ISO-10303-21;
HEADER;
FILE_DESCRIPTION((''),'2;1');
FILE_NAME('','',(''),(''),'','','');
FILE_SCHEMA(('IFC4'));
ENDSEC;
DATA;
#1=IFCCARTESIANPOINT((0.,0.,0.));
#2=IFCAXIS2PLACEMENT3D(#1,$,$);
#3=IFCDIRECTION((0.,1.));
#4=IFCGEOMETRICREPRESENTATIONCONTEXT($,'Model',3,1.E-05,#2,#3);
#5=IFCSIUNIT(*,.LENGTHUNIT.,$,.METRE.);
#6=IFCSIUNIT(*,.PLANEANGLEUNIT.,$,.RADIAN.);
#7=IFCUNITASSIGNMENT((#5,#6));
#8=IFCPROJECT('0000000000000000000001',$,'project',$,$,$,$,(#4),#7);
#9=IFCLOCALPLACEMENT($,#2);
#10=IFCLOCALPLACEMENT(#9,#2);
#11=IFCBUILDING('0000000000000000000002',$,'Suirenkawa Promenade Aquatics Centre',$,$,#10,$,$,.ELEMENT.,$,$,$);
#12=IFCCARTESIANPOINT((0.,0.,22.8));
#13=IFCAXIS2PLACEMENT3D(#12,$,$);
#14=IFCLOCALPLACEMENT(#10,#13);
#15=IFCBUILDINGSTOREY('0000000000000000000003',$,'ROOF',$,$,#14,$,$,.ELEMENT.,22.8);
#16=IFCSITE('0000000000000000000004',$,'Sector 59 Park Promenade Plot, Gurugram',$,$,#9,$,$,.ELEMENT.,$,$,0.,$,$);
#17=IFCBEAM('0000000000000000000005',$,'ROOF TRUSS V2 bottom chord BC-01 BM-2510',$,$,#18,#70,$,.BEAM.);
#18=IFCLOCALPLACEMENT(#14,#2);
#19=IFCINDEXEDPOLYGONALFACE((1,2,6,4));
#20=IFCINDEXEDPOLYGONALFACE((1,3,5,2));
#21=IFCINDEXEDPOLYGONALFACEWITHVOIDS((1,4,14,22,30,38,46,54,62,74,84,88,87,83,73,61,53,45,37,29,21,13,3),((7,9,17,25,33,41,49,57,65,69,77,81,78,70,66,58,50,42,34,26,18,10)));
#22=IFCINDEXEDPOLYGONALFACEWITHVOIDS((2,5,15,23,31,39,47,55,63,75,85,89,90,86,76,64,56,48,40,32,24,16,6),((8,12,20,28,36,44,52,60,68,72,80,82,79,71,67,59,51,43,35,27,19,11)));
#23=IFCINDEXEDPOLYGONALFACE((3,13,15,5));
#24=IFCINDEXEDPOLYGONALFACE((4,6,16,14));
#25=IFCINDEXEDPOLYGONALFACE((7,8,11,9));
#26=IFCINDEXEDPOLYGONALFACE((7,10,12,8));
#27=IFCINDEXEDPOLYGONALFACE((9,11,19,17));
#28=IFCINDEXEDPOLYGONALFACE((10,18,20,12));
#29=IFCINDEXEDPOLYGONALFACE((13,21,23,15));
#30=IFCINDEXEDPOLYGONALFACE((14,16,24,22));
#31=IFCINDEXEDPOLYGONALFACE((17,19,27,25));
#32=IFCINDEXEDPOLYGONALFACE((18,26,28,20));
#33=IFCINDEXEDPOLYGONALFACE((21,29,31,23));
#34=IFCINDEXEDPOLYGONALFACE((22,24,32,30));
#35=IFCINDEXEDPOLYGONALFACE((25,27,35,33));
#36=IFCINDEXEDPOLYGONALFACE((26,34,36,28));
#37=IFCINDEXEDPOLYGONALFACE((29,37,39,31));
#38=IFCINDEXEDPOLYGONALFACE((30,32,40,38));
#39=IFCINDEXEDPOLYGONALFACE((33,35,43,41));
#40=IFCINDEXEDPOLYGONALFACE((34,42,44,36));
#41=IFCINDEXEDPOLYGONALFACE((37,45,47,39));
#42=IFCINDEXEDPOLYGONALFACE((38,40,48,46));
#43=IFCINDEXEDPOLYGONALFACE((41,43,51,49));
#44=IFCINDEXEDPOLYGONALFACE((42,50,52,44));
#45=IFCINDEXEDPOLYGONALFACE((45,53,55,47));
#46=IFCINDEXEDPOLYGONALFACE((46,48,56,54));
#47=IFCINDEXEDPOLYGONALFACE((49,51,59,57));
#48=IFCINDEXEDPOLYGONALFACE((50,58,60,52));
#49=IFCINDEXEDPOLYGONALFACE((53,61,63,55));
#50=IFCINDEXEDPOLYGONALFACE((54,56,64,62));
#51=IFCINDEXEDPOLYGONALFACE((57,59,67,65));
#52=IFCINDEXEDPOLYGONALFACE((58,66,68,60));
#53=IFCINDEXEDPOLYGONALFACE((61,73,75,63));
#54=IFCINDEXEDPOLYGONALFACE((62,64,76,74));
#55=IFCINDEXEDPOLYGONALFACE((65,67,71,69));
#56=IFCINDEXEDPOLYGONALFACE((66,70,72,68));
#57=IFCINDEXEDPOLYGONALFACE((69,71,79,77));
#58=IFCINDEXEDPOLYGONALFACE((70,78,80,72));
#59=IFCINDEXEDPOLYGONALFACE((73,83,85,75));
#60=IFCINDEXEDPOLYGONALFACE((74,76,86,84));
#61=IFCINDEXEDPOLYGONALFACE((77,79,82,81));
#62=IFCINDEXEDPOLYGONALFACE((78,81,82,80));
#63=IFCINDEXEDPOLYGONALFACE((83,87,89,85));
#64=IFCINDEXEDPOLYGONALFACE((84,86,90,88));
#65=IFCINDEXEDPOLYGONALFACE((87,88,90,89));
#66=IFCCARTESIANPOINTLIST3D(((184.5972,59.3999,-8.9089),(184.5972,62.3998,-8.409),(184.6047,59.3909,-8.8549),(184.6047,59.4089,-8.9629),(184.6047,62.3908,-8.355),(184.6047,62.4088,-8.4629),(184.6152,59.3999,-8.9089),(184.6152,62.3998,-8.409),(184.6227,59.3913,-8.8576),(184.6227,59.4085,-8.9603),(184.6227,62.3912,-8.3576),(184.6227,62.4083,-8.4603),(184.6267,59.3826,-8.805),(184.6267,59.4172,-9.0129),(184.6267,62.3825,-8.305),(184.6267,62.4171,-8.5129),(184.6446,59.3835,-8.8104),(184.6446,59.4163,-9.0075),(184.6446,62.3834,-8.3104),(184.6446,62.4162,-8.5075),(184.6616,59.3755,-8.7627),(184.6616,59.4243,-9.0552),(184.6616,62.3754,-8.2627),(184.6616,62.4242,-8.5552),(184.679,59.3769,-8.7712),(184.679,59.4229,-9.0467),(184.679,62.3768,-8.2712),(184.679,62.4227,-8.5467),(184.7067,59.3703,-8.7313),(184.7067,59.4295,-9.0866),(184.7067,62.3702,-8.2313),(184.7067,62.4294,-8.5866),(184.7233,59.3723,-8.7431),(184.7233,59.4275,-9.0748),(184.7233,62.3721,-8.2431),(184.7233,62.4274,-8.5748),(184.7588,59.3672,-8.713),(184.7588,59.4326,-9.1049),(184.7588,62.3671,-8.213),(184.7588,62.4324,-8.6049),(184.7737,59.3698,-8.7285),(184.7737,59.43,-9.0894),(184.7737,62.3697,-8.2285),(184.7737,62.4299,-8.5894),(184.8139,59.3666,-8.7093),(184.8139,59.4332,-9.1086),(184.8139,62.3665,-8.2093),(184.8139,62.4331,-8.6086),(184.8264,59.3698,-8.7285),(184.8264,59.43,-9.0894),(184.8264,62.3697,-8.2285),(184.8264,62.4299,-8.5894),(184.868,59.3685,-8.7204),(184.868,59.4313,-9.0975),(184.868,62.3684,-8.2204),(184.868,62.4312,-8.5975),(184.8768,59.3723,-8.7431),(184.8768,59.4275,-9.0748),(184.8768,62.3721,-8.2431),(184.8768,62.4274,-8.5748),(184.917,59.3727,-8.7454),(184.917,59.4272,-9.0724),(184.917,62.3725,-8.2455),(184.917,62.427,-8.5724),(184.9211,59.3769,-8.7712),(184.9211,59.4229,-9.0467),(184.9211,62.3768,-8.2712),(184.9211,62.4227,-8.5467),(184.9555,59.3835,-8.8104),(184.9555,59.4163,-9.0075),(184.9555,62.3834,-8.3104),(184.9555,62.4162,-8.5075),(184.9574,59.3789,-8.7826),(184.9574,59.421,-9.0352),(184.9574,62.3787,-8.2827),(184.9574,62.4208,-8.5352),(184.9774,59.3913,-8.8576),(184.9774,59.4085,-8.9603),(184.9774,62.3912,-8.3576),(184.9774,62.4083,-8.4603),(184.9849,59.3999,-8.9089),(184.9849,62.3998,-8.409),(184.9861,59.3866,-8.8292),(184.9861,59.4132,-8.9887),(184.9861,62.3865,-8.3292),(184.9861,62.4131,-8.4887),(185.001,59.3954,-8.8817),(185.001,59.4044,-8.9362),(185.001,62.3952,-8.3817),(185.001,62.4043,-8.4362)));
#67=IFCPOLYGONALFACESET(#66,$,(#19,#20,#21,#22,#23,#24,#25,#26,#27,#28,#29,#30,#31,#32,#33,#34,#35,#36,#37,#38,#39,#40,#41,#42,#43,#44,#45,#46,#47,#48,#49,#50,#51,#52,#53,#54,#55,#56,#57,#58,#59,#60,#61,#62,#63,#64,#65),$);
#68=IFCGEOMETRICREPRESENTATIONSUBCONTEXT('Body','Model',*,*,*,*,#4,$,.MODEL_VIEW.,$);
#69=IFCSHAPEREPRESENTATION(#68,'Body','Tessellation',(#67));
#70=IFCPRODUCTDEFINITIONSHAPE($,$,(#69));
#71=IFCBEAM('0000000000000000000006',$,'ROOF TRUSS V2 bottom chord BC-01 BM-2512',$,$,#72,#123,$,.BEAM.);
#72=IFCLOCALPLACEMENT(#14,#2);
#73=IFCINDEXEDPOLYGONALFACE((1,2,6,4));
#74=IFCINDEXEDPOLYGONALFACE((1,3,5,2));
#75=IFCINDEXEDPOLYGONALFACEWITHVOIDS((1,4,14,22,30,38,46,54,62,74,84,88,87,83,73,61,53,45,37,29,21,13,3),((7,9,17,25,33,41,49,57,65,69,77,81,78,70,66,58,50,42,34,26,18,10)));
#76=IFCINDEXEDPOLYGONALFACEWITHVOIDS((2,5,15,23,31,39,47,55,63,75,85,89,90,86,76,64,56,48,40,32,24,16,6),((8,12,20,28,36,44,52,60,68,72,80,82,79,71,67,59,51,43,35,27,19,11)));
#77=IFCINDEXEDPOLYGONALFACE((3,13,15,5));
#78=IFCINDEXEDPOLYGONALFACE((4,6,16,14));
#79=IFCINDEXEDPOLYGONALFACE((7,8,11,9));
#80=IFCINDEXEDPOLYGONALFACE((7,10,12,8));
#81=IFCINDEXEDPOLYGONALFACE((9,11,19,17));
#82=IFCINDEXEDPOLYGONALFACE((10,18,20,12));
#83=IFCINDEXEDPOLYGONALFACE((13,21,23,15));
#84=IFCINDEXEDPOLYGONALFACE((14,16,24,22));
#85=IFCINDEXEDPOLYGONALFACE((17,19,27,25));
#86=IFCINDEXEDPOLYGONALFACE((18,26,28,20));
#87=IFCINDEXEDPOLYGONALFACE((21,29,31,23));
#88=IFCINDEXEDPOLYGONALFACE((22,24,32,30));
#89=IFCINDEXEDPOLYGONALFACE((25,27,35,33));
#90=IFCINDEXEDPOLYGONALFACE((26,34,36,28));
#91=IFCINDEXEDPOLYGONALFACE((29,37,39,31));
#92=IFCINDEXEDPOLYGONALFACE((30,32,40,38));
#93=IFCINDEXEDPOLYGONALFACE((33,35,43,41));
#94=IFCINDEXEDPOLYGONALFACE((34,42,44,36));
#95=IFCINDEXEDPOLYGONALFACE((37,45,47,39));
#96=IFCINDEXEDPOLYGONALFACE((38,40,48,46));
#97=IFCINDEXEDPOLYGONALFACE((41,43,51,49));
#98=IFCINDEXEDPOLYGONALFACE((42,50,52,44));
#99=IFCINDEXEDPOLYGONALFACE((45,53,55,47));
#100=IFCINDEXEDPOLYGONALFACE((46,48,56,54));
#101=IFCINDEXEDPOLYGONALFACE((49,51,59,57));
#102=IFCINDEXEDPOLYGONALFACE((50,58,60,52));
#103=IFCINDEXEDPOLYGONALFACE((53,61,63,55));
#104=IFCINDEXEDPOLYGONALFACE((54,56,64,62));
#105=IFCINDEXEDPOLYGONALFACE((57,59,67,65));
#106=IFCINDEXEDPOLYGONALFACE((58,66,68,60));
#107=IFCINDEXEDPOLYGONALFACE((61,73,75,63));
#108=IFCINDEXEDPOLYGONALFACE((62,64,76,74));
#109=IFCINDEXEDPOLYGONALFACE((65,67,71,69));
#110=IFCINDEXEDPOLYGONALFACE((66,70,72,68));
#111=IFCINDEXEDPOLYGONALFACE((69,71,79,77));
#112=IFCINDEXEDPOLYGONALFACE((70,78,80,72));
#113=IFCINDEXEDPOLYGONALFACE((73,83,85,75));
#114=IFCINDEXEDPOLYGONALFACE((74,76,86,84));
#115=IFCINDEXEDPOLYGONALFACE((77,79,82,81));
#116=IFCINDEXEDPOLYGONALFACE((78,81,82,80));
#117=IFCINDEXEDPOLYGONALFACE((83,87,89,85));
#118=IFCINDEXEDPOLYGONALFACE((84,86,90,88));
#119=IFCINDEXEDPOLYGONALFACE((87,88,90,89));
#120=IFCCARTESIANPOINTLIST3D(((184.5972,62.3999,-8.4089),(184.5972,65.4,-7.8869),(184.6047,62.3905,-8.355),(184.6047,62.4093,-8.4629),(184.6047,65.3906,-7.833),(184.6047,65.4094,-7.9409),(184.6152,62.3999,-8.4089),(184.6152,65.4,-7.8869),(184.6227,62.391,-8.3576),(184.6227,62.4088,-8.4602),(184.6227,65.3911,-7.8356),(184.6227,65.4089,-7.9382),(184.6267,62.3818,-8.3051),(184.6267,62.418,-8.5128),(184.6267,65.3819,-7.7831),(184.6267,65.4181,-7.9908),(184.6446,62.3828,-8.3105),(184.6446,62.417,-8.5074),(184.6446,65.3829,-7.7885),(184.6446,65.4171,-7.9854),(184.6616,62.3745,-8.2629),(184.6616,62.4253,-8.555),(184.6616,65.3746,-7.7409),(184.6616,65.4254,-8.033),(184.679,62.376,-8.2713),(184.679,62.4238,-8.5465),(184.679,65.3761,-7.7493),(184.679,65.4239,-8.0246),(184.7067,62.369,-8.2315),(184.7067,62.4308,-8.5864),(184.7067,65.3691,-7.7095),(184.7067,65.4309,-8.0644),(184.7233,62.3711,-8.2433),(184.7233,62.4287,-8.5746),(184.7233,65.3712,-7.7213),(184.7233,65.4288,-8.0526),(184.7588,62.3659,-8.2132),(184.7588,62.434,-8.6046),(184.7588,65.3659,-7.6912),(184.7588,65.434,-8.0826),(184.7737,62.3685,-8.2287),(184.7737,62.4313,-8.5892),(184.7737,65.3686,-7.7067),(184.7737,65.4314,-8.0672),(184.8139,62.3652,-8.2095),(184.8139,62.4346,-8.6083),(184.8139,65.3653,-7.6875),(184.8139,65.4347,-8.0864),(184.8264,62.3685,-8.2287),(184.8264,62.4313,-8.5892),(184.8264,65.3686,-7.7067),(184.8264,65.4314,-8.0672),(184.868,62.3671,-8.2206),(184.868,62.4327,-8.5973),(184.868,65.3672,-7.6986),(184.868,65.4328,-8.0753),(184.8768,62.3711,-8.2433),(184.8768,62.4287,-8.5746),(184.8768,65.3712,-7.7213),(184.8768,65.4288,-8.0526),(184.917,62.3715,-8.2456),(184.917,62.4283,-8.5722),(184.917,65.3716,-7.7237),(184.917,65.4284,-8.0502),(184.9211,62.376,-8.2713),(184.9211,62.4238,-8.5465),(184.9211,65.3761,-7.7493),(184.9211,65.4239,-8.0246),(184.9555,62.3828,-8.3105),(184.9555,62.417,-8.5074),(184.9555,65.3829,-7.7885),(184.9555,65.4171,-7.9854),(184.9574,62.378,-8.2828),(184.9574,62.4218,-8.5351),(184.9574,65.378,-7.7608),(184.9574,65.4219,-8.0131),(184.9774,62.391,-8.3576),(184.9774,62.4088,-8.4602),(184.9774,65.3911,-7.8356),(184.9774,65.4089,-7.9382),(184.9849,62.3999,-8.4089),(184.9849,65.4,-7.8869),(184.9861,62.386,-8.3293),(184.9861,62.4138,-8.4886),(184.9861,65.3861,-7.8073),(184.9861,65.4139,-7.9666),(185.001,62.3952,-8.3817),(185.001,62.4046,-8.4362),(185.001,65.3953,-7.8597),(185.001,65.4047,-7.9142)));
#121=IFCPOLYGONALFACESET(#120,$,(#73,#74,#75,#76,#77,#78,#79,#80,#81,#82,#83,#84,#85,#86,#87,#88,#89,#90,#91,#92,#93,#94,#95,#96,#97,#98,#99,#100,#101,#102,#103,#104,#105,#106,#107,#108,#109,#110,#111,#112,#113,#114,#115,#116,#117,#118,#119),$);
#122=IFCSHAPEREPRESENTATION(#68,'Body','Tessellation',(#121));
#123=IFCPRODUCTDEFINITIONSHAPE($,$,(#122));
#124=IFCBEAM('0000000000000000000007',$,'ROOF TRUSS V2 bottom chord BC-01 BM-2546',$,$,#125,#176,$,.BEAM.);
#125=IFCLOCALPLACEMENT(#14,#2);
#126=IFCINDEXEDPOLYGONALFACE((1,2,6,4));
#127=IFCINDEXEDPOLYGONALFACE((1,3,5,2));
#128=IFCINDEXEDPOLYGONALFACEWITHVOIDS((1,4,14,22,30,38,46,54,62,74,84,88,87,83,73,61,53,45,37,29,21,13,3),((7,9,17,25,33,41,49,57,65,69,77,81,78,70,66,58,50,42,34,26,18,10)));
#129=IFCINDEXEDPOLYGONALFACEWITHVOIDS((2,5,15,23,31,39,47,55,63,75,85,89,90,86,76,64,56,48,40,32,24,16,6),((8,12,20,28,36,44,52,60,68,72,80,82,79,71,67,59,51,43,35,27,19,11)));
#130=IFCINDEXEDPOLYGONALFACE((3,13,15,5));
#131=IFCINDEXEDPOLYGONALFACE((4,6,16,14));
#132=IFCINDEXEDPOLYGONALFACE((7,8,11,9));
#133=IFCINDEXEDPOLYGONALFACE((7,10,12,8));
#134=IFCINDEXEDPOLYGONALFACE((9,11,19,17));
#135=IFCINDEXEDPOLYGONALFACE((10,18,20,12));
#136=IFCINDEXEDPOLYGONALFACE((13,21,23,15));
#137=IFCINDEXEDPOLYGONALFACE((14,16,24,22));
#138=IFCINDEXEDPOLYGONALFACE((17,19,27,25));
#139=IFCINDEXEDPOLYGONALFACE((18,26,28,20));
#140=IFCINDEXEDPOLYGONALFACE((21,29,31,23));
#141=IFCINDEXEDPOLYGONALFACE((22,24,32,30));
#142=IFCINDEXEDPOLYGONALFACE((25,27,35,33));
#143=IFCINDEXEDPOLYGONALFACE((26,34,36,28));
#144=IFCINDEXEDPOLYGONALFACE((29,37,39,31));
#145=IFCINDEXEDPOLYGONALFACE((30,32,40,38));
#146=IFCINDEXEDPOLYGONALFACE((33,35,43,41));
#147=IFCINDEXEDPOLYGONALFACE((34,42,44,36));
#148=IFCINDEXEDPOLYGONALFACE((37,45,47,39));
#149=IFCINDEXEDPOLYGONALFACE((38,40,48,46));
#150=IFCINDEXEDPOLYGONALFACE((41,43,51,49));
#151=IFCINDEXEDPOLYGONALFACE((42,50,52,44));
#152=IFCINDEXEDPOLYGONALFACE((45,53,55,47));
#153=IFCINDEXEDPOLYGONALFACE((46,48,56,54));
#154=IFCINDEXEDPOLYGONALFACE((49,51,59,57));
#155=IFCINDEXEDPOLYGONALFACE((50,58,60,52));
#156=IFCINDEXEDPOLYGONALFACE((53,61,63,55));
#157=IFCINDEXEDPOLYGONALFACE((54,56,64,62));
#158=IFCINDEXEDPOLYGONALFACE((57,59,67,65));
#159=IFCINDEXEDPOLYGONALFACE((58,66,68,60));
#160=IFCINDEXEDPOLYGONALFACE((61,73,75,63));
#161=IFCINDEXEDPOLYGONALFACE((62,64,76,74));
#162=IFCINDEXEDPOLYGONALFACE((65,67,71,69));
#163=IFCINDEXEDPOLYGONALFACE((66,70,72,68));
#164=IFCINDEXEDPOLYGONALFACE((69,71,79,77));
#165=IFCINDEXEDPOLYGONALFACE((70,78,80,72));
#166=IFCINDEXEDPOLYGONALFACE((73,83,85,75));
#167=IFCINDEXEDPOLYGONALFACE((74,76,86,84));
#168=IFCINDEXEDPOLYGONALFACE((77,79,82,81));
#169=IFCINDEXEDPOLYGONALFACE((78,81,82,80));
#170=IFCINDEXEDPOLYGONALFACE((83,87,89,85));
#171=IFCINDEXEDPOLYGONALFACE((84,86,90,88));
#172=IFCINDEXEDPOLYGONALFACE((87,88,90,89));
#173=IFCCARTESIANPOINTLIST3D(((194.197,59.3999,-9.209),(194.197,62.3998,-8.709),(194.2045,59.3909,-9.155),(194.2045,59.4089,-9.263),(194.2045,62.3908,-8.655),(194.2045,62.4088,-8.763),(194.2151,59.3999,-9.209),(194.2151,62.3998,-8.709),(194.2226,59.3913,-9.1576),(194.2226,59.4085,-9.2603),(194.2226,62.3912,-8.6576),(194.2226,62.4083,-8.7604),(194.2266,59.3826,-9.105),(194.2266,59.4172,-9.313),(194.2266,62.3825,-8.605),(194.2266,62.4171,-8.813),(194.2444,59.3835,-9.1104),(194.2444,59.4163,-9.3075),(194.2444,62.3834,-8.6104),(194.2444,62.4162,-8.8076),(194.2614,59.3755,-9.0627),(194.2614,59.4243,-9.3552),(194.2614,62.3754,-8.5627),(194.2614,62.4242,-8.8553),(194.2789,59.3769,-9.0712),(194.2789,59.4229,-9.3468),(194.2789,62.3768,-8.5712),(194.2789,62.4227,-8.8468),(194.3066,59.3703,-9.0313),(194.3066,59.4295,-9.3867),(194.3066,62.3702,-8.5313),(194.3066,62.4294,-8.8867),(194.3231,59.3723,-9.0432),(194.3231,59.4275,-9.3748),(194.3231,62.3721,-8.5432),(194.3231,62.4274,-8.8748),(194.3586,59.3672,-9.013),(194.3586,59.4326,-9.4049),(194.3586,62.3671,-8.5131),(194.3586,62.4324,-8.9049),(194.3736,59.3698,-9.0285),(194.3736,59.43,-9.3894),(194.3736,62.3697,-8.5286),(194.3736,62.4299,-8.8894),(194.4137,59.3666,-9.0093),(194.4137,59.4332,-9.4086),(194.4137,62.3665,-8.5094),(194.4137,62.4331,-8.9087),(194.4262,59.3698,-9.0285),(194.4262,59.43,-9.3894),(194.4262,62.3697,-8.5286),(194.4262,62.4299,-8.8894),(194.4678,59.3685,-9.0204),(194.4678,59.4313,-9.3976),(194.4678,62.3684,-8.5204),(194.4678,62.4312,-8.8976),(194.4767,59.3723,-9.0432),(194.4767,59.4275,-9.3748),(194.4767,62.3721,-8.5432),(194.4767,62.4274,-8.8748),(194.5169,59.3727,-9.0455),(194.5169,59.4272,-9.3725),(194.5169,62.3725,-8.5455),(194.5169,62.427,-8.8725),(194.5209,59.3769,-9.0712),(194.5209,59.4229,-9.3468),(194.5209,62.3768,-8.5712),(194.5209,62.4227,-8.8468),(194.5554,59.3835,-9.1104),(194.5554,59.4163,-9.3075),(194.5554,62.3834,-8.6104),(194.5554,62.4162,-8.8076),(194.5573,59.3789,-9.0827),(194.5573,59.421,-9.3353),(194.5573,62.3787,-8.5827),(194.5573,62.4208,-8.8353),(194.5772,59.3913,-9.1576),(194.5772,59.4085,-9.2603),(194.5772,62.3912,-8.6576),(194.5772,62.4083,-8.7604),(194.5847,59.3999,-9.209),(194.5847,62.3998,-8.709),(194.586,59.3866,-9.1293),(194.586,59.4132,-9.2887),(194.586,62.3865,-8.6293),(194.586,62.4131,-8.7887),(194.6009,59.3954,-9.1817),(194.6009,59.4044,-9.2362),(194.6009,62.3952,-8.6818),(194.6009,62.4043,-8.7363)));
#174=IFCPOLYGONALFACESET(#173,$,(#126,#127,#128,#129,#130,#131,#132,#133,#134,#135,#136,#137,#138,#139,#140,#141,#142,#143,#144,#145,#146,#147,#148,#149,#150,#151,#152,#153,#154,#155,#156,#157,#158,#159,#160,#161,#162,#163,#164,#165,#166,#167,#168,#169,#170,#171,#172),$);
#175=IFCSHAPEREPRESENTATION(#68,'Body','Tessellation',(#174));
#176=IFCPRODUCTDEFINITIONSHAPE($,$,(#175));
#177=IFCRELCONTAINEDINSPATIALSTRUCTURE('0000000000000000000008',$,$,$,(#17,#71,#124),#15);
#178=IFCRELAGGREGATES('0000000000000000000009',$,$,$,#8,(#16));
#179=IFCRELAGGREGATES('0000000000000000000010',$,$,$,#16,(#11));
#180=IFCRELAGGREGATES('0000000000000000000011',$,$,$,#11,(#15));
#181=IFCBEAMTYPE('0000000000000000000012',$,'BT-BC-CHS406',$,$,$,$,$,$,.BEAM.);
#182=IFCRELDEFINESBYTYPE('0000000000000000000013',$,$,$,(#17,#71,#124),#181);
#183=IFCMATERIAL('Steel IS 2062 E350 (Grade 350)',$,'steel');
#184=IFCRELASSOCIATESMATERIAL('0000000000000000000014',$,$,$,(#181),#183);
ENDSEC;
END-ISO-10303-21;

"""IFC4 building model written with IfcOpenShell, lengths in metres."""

from ifc_helpers import new_model, si_unit, direction, frame, origin, origin_2d, place, context, subcontext, project, spatial, hollow_circle, extrude, material, material_profile, profile_set, type_object, element, save


model = new_model("IFC4")

# Units and contexts
model_context = context("Model", 3, precision=1e-05, world=origin(), true_north=direction((0.0, 1.0)))
body_context = subcontext(model_context, "Body", "Model", "MODEL_VIEW")
ifc_project = project(units=[si_unit("LENGTHUNIT", "METRE"), si_unit("PLANEANGLEUNIT", "RADIAN")], contexts=[model_context])

# Site, building, storey
site_placement = place(None, origin())
site = spatial("IfcSite", under=ifc_project, at=site_placement, Name="Sector 59 Park Promenade Plot, Gurugram", CompositionType="ELEMENT", RefElevation=0.0)
building_placement = place(site_placement, origin())
building = spatial("IfcBuilding", under=site, at=building_placement, Name="Suirenkawa Promenade Aquatics Centre", CompositionType="ELEMENT")
storey_placement = place(building_placement, frame((0.0, 0.0, 22.8)))
storey = spatial("IfcBuildingStorey", under=building, at=storey_placement, Name="ROOF", CompositionType="ELEMENT", Elevation=22.8)

# Beams
ifc_material = material(Name="Steel IS 2062 E350 (Grade 350)", Category="steel")
ifc_material_profile_1 = material_profile(ifc_material, hollow_circle(Radius=0.2029, WallThickness=0.0181, at=origin_2d()), Name="CHS 406x18", Category="steel")
ifc_profile_set_1 = profile_set([ifc_material_profile_1], Name="Steel IS 2062 E350 (Grade 350)")
beam_type_1 = type_object("IfcBeamType", Name="BT-BC-CHS406", PredefinedType="BEAM", material=ifc_profile_set_1)
beam_1_placement = place(storey_placement, frame((184.8, 59.3999, -8.9089), z_axis=(0.0, 0.986394, 0.164399), x_axis=(-1.0, 0.0, 0.0)))
element("IfcBeam", 1, at=beam_1_placement, inside=storey, type_object=beam_type_1, Name="ROOF TRUSS V2 bottom chord BC-01 BM-2510", PredefinedType="BEAM", context=body_context, shape_type="SweptSolid", body=[
    extrude(hollow_circle(Radius=0.2029, WallThickness=0.0181, at=origin_2d()), origin(), (0.0, 0.0, 1.0), 3.0413),
])
beam_2_placement = place(storey_placement, frame((184.8, 62.3999, -8.4089), z_axis=(0.0, 0.985199, 0.171416), x_axis=(-1.0, 0.0, 0.0)))
element("IfcBeam", 2, at=beam_2_placement, inside=storey, type_object=beam_type_1, Name="ROOF TRUSS V2 bottom chord BC-01 BM-2512", PredefinedType="BEAM", context=body_context, shape_type="SweptSolid", body=[
    extrude(hollow_circle(Radius=0.2029, WallThickness=0.0181, at=origin_2d()), origin(), (0.0, 0.0, 1.0), 3.0452),
])
beam_3_placement = place(storey_placement, frame((194.3999, 59.3999, -9.209), z_axis=(0.0, 0.986394, 0.164399), x_axis=(-1.0, 0.0, 0.0)))
element("IfcBeam", 3, at=beam_3_placement, inside=storey, type_object=beam_type_1, Name="ROOF TRUSS V2 bottom chord BC-01 BM-2546", PredefinedType="BEAM", context=body_context, shape_type="SweptSolid", body=[
    extrude(hollow_circle(Radius=0.2029, WallThickness=0.0181, at=origin_2d()), origin(), (0.0, 0.0, 1.0), 3.0413),
])

save(model, "model.ifc")
